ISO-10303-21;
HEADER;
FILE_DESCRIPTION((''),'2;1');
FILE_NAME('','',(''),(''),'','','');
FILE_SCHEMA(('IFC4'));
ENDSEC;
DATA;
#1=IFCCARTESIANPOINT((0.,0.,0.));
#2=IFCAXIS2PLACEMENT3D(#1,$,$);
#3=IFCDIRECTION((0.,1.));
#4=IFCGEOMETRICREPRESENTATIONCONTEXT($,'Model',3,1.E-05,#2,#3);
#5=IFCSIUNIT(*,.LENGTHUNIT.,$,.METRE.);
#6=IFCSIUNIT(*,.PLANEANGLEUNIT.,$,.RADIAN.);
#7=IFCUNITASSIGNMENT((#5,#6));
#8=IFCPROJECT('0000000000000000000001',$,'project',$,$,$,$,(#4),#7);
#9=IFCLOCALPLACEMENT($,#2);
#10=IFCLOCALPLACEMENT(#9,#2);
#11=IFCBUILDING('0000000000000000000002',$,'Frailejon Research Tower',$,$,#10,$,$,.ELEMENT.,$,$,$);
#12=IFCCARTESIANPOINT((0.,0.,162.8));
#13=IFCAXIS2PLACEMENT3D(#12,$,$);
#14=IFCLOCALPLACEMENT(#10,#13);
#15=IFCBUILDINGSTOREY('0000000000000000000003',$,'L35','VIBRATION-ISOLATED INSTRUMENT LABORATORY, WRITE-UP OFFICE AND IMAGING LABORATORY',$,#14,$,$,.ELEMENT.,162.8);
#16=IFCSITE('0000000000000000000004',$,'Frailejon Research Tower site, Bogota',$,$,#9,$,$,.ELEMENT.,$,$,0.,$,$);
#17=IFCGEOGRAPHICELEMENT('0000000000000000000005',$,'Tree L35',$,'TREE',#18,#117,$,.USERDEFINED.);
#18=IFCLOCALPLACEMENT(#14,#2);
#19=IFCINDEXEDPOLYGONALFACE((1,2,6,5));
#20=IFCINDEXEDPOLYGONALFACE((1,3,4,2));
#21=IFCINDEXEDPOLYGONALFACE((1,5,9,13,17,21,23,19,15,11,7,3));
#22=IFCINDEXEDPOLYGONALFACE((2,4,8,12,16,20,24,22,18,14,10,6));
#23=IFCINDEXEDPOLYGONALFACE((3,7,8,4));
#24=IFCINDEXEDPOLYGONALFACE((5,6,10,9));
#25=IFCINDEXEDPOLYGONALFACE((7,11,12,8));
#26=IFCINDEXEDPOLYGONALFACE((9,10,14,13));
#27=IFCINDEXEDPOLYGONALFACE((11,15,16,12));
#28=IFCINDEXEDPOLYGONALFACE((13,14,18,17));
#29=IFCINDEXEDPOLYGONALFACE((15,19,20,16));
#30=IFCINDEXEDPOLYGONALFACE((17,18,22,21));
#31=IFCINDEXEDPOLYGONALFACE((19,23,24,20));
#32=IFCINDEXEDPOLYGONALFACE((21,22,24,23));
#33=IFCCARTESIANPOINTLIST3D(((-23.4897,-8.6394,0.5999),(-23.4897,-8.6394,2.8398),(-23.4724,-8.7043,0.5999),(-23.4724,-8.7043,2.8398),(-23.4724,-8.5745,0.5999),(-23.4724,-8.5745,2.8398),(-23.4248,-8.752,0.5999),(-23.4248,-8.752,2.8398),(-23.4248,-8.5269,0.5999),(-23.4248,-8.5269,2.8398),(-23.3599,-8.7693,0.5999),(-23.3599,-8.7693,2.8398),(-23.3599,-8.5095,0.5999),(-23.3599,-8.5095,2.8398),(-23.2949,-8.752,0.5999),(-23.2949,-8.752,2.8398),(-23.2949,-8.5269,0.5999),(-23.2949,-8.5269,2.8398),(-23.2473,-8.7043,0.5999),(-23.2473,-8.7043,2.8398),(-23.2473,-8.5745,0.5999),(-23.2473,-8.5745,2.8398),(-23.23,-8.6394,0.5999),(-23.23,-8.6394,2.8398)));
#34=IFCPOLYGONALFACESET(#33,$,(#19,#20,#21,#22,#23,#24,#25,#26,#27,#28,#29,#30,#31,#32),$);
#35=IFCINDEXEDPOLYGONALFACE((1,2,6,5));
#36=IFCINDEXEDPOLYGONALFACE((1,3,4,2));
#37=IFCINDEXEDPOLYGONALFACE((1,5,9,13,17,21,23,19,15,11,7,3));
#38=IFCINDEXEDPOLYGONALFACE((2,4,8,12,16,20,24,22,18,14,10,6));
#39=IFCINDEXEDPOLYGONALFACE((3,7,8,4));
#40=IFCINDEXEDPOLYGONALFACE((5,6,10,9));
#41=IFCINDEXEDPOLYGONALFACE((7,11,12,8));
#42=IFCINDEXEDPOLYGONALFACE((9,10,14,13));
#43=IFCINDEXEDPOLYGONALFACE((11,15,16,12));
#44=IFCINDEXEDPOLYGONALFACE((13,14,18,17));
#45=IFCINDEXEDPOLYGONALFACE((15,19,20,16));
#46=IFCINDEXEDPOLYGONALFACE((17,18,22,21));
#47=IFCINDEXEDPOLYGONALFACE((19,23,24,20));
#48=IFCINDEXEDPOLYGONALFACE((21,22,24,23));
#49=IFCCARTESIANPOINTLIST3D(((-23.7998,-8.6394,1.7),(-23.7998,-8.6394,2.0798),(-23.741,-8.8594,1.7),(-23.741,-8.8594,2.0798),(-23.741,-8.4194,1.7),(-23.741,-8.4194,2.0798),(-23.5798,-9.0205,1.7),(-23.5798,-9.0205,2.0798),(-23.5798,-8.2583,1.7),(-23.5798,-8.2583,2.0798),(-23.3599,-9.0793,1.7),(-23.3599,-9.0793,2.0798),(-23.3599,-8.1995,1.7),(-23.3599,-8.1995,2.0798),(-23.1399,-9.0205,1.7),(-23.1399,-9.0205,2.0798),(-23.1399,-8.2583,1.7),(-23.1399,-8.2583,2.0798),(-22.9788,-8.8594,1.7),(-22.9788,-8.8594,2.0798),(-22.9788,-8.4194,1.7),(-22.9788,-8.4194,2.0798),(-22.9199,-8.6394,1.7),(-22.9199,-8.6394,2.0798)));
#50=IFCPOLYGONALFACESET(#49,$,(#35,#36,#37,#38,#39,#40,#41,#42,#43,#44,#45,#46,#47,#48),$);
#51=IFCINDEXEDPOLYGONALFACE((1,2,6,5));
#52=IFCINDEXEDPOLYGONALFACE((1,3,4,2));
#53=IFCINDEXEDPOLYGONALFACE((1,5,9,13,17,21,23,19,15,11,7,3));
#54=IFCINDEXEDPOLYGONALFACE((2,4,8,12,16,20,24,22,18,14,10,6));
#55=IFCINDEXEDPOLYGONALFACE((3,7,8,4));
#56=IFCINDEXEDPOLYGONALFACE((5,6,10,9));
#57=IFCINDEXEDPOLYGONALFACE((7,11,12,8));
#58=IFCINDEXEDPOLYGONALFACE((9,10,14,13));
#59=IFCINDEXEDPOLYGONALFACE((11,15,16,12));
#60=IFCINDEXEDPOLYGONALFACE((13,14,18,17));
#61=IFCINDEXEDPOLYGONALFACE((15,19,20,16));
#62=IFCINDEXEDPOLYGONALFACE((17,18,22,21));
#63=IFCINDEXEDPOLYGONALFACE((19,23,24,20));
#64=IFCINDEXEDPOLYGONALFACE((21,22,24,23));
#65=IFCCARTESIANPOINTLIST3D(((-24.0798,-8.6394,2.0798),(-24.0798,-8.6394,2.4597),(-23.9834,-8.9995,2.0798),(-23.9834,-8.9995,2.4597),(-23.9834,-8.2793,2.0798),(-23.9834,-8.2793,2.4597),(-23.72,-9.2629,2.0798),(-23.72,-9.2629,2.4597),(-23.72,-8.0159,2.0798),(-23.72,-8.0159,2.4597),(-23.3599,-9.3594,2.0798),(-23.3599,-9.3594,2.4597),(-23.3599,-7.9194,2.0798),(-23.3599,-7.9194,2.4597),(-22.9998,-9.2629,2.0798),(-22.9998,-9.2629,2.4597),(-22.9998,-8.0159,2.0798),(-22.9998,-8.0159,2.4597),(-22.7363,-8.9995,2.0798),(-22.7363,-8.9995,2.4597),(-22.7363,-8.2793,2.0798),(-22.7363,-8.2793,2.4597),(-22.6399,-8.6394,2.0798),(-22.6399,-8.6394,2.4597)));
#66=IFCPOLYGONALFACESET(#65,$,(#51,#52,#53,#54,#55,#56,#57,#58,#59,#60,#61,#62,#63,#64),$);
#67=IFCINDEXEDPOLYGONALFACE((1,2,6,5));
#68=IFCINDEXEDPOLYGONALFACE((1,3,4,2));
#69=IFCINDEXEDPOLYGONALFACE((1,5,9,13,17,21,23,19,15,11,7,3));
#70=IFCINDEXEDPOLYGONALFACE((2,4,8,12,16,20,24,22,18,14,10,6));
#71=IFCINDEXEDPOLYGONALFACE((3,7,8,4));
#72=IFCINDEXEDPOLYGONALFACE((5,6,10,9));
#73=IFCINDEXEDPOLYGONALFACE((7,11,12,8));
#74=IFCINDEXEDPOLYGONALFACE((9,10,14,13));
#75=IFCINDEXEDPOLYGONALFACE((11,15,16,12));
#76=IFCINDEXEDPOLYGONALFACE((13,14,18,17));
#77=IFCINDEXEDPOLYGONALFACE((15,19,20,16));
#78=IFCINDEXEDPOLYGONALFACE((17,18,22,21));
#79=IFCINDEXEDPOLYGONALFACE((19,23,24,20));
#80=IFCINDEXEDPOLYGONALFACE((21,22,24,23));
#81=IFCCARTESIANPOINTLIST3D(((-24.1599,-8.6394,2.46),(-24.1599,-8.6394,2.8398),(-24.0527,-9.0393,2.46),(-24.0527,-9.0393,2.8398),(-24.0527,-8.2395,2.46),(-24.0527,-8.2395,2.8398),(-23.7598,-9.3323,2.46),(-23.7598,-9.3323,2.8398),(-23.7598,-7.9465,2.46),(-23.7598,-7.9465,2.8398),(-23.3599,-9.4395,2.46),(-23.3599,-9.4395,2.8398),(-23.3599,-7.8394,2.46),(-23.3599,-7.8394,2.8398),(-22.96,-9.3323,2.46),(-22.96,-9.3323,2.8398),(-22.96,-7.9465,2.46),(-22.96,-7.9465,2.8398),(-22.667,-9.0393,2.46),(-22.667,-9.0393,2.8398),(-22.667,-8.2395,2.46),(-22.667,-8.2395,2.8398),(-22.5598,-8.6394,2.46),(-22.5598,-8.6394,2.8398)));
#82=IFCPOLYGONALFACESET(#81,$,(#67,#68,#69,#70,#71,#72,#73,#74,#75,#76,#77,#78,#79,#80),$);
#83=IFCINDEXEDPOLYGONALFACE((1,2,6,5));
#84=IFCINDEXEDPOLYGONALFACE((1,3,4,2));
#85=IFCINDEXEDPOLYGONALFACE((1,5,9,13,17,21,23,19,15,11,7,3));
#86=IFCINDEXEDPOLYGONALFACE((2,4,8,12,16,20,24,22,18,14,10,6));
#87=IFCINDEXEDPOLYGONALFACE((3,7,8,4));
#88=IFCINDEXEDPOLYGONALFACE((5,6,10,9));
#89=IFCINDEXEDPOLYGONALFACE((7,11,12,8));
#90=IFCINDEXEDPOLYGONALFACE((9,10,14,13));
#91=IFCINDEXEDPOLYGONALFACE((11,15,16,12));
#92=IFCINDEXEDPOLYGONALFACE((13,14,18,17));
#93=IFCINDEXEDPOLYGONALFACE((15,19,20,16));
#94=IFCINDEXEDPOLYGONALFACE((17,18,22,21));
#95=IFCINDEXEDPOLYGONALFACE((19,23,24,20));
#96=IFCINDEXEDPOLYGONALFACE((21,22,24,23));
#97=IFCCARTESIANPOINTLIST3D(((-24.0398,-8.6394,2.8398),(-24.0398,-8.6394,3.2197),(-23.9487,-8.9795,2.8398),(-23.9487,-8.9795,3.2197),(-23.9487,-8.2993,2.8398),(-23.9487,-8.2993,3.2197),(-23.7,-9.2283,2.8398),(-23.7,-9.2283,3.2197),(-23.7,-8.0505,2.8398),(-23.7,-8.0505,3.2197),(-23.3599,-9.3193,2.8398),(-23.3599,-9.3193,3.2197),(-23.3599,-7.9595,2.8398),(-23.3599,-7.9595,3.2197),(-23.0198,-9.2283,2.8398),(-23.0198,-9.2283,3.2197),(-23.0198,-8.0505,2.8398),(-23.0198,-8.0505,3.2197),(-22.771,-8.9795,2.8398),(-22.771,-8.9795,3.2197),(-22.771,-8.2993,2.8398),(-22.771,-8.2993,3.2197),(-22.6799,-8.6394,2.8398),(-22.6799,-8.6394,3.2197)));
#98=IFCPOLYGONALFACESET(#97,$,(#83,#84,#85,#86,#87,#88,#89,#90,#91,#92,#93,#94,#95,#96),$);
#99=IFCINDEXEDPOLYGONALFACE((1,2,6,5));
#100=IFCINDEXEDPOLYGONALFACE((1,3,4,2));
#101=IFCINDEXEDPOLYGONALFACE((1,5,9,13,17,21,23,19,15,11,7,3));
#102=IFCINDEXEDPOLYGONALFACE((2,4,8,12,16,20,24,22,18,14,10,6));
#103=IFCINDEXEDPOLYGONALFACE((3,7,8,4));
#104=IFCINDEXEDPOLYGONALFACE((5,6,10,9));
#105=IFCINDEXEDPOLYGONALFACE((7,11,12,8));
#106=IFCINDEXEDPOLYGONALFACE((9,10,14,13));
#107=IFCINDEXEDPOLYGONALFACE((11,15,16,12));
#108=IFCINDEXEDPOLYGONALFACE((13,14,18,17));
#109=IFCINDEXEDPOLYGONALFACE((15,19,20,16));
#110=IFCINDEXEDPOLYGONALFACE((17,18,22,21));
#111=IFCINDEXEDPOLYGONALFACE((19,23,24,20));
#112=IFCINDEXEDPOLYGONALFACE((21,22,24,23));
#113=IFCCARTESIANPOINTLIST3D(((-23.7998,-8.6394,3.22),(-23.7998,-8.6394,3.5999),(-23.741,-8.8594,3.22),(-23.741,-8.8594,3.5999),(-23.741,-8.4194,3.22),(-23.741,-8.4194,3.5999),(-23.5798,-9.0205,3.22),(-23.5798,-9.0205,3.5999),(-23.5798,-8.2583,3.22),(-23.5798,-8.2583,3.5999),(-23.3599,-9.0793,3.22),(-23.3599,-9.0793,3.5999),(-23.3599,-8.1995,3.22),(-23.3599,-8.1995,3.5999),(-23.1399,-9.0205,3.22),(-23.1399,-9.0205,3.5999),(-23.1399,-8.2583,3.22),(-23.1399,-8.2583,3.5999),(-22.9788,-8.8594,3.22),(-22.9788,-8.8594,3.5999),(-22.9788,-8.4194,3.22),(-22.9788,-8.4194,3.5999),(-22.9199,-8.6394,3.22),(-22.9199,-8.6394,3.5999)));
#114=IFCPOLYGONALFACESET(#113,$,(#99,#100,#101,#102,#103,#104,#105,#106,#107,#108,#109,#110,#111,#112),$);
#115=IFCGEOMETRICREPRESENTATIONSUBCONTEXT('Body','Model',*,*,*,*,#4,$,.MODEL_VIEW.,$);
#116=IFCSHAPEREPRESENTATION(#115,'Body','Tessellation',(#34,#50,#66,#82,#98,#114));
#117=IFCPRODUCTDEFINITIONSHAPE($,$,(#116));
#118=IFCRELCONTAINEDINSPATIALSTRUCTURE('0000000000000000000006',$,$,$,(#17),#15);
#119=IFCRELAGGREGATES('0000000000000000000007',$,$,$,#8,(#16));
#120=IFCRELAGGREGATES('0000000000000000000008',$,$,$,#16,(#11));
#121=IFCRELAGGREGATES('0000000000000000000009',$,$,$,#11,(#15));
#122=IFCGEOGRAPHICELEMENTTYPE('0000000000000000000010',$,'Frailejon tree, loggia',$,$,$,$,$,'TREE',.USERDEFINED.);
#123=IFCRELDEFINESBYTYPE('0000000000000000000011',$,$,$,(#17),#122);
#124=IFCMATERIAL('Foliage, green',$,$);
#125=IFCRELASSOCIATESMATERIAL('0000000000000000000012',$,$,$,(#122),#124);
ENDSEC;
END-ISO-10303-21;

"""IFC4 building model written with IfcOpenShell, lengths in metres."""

from ifc_helpers import new_model, si_unit, direction, frame, origin, place, context, subcontext, project, spatial, polyline, outline, extrude, material, type_object, element, save


model = new_model("IFC4")

# Units and contexts
model_context = context("Model", 3, precision=1e-05, world=origin(), true_north=direction((0.0, 1.0)))
body_context = subcontext(model_context, "Body", "Model", "MODEL_VIEW")
ifc_project = project(units=[si_unit("LENGTHUNIT", "METRE"), si_unit("PLANEANGLEUNIT", "RADIAN")], contexts=[model_context])

# Site, building, storey
site_placement = place(None, origin())
site = spatial("IfcSite", under=ifc_project, at=site_placement, Name="Frailejon Research Tower site, Bogota", CompositionType="ELEMENT", RefElevation=0.0)
building_placement = place(site_placement, origin())
building = spatial("IfcBuilding", under=site, at=building_placement, Name="Frailejon Research Tower", CompositionType="ELEMENT")
storey_placement = place(building_placement, frame((0.0, 0.0, 162.8)))
storey = spatial("IfcBuildingStorey", under=building, at=storey_placement, Name="L35", Description="VIBRATION-ISOLATED INSTRUMENT LABORATORY, WRITE-UP OFFICE AND IMAGING LABORATORY", CompositionType="ELEMENT", Elevation=162.8)

# Geographic element
ifc_material_1 = material(Name="Foliage, green")
geographic_element_type = type_object("IfcGeographicElementType", Name="Frailejon tree, loggia", ElementType="TREE", PredefinedType="USERDEFINED", material=ifc_material_1)
geographic_element_placement = place(storey_placement, frame((-23.3599, -8.6394, 0.5999)))
element("IfcGeographicElement", 1, at=geographic_element_placement, inside=storey, type_object=geographic_element_type, Name="Tree L35", ObjectType="TREE", PredefinedType="USERDEFINED", context=body_context, shape_type="SweptSolid", body=[
    extrude(outline(polyline([(0.1299, 0.0), (0.1125, 0.0649), (0.0649, 0.1125), (0.0, 0.1299), (-0.0649, 0.1125), (-0.1125, 0.0649), (-0.1299, 0.0), (-0.1125, -0.0649), (-0.0649, -0.1125), (0.0, -0.1299), (0.0649, -0.1125), (0.1125, -0.0649), (0.1299, 0.0)])), origin(), (0.0, 0.0, 1.0), 2.24),
    extrude(outline(polyline([(0.4399, 0.0), (0.3811, 0.22), (0.22, 0.3811), (0.0, 0.4399), (-0.22, 0.3811), (-0.3811, 0.22), (-0.4399, 0.0), (-0.3811, -0.22), (-0.22, -0.3811), (0.0, -0.4399), (0.22, -0.3811), (0.3811, -0.22), (0.4399, 0.0)])), frame((0.0, 0.0, 1.1001)), (0.0, 0.0, 1.0), 0.3799),
    extrude(outline(polyline([(0.72, 0.0), (0.6235, 0.3601), (0.3601, 0.6235), (0.0, 0.72), (-0.3601, 0.6235), (-0.6235, 0.3601), (-0.72, 0.0), (-0.6235, -0.3601), (-0.3601, -0.6235), (0.0, -0.72), (0.3601, -0.6235), (0.6235, -0.3601), (0.72, 0.0)])), frame((0.0, 0.0, 1.48)), (0.0, 0.0, 1.0), 0.3799),
    extrude(outline(polyline([(0.8, 0.0), (0.6929, 0.3999), (0.3999, 0.6929), (0.0, 0.8), (-0.3999, 0.6929), (-0.6929, 0.3999), (-0.8, 0.0), (-0.6929, -0.3999), (-0.3999, -0.6929), (0.0, -0.8), (0.3999, -0.6929), (0.6929, -0.3999), (0.8, 0.0)])), frame((0.0, 0.0, 1.8601)), (0.0, 0.0, 1.0), 0.3799),
    extrude(outline(polyline([(0.6799, 0.0), (0.5889, 0.3401), (0.3401, 0.5889), (0.0, 0.6799), (-0.3401, 0.5889), (-0.5889, 0.3401), (-0.6799, 0.0), (-0.5889, -0.3401), (-0.3401, -0.5889), (0.0, -0.6799), (0.3401, -0.5889), (0.5889, -0.3401), (0.6799, 0.0)])), frame((0.0, 0.0, 2.24)), (0.0, 0.0, 1.0), 0.3799),
    extrude(outline(polyline([(0.4399, 0.0), (0.3811, 0.22), (0.22, 0.3811), (0.0, 0.4399), (-0.22, 0.3811), (-0.3811, 0.22), (-0.4399, 0.0), (-0.3811, -0.22), (-0.22, -0.3811), (0.0, -0.4399), (0.22, -0.3811), (0.3811, -0.22), (0.4399, 0.0)])), frame((0.0, 0.0, 2.6201)), (0.0, 0.0, 1.0), 0.3799),
])

save(model, "model.ifc")
